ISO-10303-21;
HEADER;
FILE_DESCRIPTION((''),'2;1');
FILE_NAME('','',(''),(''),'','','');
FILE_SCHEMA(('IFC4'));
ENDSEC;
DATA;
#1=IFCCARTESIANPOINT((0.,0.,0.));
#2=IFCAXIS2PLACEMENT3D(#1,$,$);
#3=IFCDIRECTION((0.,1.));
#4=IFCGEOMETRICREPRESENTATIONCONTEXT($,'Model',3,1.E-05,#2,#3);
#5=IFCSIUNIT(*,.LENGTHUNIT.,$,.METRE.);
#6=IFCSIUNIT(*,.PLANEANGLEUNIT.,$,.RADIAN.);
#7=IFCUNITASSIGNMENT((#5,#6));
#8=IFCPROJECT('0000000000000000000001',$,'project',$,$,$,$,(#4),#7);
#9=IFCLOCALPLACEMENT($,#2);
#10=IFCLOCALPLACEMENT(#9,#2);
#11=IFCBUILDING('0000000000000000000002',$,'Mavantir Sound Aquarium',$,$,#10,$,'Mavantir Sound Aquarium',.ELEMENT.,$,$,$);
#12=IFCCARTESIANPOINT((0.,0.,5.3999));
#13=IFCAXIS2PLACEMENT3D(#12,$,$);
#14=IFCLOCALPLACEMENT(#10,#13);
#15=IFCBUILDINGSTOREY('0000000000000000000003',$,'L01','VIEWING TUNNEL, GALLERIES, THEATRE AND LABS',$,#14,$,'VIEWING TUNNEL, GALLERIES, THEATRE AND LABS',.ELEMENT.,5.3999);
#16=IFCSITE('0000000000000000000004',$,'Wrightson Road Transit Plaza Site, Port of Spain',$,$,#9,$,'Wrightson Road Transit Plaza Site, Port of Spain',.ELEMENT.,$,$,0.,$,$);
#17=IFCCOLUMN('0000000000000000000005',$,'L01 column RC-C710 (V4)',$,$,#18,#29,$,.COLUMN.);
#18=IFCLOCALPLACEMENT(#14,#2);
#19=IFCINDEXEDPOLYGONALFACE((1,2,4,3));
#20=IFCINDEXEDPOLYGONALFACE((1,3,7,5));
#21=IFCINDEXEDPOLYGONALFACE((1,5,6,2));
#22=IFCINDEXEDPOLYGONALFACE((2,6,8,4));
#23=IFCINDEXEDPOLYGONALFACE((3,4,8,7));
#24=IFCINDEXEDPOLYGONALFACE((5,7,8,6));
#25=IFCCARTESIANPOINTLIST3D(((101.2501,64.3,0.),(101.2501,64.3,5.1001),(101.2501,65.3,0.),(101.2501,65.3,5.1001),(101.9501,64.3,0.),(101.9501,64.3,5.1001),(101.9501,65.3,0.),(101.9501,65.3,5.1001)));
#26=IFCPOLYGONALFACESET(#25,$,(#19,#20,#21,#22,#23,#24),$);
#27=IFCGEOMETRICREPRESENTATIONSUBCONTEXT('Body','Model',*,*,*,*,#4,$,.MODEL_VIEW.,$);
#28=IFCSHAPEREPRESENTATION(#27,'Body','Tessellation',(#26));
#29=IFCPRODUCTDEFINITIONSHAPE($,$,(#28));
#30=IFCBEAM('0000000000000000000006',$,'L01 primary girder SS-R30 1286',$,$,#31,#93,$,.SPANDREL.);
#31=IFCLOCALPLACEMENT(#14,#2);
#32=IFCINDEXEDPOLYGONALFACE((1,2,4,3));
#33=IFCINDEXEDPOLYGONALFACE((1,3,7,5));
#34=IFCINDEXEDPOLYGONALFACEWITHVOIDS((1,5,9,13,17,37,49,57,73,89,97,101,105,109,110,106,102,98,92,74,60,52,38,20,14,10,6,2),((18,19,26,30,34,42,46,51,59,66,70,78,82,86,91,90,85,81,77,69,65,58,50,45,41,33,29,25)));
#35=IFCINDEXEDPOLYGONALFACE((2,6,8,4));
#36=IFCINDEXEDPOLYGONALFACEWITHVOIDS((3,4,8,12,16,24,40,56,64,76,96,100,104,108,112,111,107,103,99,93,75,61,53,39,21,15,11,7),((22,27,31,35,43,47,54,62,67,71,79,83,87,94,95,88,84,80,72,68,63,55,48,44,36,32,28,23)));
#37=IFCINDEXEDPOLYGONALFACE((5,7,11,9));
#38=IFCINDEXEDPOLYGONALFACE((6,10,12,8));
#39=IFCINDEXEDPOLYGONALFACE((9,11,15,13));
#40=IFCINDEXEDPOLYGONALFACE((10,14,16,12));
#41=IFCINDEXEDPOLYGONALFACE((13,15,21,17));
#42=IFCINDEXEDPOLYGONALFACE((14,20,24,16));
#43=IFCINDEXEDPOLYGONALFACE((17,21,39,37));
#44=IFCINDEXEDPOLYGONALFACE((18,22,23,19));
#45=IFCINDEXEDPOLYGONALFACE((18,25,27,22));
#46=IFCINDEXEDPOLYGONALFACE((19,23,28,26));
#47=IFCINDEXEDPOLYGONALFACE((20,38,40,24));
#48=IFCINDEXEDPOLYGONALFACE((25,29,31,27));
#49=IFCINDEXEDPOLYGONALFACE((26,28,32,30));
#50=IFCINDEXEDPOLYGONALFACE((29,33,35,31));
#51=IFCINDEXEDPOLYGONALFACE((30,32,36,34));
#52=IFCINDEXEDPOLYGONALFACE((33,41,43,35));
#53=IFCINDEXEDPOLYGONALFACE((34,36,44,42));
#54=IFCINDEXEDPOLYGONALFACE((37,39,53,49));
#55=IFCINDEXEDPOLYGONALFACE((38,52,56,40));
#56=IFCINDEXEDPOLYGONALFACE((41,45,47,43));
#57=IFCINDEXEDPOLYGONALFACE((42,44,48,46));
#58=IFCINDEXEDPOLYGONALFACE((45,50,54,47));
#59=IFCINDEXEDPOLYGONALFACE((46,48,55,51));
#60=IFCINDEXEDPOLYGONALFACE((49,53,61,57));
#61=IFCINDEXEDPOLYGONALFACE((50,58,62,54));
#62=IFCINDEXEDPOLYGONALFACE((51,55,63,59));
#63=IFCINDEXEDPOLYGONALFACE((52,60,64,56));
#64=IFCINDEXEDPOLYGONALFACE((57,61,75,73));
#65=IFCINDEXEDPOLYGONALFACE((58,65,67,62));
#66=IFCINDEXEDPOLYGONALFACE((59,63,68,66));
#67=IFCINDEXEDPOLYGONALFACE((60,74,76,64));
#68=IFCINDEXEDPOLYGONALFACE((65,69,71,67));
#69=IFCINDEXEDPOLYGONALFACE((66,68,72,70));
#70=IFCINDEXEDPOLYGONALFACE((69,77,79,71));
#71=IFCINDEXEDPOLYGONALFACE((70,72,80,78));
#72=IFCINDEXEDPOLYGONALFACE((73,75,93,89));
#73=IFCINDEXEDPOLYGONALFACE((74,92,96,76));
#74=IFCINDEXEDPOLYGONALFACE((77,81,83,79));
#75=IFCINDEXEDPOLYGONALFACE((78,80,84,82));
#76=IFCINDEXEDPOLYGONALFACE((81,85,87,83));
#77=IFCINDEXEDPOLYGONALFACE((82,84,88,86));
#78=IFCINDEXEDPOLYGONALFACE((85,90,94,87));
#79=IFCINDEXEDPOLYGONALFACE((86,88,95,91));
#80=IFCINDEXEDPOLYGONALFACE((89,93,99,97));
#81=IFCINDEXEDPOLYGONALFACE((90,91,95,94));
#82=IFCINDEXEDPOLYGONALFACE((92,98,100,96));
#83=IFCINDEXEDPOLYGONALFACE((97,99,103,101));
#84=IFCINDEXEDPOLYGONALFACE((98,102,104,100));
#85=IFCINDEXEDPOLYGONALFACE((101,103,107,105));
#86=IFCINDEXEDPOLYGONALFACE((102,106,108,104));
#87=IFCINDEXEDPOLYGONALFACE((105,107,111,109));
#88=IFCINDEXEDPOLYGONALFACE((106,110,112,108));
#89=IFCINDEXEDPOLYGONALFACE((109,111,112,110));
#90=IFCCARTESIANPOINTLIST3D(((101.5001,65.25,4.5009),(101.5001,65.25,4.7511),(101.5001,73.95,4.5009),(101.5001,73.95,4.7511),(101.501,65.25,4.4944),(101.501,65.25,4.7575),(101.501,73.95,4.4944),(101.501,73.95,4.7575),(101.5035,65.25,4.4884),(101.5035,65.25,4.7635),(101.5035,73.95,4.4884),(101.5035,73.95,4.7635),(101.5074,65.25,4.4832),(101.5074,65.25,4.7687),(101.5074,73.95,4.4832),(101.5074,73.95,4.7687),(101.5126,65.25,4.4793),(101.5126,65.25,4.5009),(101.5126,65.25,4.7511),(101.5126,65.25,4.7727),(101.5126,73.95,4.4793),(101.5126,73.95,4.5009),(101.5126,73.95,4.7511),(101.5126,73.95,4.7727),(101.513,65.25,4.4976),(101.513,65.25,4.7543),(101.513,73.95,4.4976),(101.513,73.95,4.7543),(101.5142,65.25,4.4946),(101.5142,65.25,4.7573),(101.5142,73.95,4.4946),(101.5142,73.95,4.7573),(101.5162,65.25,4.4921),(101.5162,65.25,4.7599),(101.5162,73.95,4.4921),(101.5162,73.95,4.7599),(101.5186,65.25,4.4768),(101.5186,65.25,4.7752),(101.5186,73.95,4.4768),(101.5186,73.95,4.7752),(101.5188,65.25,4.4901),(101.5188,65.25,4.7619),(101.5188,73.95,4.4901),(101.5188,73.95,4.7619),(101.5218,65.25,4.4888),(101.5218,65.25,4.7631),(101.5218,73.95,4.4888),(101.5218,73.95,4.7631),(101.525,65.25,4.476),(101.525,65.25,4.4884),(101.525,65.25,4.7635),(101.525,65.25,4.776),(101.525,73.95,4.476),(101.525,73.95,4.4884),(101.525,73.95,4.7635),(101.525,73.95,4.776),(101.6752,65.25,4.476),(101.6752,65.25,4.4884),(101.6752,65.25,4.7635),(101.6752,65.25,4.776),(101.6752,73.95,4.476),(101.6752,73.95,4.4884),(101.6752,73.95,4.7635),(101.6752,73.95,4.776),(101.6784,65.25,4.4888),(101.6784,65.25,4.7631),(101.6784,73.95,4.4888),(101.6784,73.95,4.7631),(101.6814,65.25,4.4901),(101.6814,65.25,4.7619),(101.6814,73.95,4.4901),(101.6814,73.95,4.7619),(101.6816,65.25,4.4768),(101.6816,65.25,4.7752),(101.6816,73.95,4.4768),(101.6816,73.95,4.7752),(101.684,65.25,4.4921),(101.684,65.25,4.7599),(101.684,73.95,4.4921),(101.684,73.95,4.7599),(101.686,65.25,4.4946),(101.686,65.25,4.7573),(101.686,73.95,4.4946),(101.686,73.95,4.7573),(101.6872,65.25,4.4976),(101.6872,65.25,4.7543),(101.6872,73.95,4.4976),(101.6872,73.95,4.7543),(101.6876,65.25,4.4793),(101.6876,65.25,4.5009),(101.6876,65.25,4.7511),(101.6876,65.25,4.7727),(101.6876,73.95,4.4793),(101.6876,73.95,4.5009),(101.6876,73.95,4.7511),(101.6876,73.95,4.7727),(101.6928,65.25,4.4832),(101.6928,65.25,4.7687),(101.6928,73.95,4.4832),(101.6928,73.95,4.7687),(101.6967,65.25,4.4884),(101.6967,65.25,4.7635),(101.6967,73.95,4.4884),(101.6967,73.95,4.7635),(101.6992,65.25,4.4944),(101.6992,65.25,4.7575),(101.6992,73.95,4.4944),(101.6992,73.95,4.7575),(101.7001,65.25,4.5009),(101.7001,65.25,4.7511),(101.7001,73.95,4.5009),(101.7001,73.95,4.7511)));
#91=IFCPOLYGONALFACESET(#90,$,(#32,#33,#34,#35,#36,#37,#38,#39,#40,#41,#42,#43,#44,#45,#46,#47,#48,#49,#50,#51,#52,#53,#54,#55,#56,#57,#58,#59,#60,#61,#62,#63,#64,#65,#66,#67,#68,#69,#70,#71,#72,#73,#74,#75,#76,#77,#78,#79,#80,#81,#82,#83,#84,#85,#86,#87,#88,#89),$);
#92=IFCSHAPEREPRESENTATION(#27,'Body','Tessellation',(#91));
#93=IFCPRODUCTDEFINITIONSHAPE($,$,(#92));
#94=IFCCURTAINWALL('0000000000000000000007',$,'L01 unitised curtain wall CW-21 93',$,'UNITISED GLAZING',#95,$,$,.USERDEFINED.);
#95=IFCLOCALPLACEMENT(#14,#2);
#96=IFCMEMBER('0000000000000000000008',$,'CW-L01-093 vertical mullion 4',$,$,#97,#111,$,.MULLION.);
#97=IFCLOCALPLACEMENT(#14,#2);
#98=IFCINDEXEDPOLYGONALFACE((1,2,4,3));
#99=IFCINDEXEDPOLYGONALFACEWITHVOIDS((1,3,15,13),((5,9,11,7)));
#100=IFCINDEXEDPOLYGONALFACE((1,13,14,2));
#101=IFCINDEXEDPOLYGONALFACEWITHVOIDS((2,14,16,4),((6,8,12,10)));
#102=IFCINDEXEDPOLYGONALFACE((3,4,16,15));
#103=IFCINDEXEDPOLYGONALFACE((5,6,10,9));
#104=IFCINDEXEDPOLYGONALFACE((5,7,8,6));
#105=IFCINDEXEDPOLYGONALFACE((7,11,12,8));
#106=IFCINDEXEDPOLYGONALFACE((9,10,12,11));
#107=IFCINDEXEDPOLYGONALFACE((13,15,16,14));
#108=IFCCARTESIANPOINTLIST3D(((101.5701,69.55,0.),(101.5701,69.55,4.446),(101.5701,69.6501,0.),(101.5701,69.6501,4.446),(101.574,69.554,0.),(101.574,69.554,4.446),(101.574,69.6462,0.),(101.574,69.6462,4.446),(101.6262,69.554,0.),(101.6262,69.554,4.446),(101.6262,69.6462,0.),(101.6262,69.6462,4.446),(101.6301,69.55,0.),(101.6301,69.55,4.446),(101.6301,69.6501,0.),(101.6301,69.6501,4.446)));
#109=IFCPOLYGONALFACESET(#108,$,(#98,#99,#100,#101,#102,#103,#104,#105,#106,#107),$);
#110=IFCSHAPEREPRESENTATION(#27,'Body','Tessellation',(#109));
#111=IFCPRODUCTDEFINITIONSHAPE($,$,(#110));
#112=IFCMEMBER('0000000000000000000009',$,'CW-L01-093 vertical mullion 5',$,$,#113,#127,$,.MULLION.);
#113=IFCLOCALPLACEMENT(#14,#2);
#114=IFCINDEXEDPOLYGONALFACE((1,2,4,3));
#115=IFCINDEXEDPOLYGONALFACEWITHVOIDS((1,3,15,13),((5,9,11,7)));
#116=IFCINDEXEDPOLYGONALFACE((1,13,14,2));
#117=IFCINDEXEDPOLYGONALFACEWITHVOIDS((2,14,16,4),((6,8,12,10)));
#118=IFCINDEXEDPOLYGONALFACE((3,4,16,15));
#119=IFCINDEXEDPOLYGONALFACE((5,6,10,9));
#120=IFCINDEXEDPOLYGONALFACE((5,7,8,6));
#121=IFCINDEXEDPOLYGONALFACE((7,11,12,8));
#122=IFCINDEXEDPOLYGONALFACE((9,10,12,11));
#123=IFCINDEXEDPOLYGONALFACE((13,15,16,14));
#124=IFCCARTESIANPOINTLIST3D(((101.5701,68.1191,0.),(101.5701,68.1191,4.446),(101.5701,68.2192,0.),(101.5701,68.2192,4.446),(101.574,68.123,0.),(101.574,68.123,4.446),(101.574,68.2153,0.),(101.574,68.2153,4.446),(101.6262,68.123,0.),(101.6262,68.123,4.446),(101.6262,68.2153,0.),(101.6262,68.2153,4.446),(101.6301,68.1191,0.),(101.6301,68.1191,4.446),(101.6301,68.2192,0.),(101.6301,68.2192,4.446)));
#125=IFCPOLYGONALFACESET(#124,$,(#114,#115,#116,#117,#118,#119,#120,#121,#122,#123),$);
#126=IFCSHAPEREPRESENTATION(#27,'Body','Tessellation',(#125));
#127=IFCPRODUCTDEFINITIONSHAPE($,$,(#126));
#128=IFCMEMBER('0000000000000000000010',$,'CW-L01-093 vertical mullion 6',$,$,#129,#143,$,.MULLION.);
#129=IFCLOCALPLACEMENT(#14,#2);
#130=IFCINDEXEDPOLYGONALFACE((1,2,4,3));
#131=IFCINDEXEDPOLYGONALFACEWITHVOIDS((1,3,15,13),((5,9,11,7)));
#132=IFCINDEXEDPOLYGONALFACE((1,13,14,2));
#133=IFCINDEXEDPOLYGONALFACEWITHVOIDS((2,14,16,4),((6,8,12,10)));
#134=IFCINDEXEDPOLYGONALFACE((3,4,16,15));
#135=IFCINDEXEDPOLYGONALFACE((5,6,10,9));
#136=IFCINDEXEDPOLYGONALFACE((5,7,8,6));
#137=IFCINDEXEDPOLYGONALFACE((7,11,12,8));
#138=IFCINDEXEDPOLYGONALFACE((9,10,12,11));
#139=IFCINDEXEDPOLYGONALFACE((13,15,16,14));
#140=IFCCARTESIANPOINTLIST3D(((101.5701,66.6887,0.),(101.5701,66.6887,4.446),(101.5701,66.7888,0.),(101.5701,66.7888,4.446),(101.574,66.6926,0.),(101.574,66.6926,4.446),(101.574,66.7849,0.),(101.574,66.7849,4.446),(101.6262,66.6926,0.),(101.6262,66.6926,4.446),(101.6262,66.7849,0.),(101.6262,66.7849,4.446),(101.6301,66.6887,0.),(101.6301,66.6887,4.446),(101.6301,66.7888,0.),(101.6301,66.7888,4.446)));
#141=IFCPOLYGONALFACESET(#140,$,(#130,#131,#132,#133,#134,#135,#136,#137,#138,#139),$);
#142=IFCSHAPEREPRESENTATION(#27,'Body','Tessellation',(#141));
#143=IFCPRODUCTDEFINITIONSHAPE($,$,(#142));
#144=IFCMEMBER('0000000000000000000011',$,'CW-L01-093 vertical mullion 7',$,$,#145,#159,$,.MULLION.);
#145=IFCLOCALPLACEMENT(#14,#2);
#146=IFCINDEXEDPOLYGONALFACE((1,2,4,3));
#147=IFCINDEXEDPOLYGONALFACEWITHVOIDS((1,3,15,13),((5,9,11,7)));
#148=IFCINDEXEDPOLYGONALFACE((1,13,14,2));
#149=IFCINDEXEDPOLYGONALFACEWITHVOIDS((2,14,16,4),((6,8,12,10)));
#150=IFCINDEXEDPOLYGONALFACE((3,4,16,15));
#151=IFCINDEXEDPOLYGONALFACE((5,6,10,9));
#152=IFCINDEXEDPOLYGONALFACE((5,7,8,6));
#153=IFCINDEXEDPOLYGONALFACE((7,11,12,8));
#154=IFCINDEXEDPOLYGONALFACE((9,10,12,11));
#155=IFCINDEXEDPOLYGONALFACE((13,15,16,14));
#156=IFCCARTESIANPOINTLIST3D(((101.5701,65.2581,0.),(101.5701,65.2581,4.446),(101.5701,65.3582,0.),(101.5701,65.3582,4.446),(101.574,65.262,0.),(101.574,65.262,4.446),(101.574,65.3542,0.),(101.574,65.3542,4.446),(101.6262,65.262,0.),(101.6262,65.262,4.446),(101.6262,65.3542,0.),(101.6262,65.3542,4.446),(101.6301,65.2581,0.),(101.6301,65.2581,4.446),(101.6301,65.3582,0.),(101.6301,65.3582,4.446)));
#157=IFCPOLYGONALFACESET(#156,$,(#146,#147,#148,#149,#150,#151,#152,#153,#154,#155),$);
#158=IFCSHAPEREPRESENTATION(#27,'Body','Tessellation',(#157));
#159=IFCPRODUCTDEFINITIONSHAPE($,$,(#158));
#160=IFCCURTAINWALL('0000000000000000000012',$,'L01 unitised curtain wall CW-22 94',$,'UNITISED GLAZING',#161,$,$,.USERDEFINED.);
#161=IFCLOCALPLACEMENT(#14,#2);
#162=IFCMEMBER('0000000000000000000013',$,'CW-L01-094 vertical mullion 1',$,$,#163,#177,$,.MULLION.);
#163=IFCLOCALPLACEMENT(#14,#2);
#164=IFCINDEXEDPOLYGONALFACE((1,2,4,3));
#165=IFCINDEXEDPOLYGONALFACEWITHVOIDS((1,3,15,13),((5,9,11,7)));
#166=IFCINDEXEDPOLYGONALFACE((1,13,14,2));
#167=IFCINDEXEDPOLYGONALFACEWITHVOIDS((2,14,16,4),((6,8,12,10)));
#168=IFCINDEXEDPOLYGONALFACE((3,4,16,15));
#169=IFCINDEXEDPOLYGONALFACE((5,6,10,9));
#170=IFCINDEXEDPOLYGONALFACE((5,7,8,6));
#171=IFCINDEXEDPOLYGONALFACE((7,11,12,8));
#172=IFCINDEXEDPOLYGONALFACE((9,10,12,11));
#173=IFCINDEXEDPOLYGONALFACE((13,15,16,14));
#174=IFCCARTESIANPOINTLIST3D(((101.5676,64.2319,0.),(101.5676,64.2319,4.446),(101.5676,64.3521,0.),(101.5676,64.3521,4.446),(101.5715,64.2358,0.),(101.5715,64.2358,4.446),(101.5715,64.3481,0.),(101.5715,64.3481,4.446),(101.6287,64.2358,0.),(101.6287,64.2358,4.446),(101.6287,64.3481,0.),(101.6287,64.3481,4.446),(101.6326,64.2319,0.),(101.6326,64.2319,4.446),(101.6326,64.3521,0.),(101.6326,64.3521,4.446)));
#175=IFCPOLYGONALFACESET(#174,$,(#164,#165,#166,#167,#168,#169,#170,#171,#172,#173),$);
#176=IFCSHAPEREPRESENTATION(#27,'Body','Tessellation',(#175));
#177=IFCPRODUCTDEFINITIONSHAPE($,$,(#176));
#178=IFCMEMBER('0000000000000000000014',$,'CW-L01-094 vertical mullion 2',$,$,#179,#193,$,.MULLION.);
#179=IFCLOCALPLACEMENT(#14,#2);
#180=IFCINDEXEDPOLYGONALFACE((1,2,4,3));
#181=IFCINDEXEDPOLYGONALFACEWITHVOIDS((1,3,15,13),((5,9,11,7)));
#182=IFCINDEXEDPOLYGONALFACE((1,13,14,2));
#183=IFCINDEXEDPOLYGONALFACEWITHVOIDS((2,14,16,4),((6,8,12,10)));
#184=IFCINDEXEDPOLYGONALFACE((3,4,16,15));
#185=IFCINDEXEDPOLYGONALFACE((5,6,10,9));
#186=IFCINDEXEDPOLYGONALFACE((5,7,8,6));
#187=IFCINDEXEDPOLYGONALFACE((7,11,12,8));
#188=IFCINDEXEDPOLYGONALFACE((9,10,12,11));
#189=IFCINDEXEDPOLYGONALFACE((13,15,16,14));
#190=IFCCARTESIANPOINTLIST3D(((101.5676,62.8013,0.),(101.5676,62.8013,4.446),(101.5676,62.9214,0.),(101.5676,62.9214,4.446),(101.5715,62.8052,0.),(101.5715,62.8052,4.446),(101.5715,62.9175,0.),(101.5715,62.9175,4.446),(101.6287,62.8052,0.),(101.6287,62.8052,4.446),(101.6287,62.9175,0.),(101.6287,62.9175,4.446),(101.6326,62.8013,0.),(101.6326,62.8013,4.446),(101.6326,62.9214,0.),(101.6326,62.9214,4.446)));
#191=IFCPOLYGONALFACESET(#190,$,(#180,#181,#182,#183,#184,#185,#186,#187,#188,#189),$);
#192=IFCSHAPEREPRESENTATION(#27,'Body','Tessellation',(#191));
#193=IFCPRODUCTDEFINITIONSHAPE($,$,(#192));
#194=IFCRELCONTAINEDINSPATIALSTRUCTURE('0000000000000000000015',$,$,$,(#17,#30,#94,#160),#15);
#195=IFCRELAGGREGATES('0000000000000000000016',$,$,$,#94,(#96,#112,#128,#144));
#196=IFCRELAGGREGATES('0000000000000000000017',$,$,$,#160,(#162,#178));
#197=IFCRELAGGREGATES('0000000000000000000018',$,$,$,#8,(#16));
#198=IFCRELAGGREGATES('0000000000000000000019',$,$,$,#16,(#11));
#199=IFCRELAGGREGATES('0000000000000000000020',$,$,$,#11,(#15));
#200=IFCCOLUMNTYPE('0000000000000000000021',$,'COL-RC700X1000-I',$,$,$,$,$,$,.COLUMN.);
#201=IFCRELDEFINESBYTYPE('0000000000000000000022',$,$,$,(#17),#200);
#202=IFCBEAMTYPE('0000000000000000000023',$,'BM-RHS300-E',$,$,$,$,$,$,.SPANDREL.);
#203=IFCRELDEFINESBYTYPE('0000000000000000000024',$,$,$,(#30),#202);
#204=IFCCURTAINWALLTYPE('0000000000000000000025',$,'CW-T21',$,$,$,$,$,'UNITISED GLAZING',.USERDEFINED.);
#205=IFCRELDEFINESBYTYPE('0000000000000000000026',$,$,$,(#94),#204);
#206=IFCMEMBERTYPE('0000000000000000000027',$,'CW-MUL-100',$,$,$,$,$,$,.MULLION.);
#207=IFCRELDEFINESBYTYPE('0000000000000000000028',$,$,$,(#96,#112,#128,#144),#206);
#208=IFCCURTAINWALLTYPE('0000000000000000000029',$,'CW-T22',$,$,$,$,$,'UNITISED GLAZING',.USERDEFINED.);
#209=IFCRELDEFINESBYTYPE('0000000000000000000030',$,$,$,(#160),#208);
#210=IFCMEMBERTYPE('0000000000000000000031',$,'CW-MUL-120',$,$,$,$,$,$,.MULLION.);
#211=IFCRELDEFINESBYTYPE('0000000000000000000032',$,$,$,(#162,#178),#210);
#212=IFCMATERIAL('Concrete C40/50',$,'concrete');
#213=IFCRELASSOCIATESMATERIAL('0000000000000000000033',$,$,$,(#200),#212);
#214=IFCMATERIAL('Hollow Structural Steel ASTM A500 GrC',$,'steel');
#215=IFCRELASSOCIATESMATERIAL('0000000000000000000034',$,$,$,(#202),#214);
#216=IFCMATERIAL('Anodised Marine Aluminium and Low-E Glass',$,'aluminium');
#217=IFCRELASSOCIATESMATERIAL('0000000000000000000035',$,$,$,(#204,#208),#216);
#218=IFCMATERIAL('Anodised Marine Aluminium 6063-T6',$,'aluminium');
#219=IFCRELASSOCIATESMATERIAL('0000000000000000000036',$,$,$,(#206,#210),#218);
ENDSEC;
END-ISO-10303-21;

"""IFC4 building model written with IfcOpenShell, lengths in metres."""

from ifc_helpers import new_model, si_unit, direction, frame, origin, origin_2d, place, context, subcontext, project, spatial, rectangle, hollow_rectangle, extrude, material, material_profile, profile_set, type_object, element, aggregate, save


model = new_model("IFC4")

# Units and contexts
model_context = context("Model", 3, precision=1e-05, world=origin(), true_north=direction((0.0, 1.0)))
body_context = subcontext(model_context, "Body", "Model", "MODEL_VIEW")
ifc_project = project(units=[si_unit("LENGTHUNIT", "METRE"), si_unit("PLANEANGLEUNIT", "RADIAN")], contexts=[model_context])

# Site, building, storey
site_placement = place(None, origin())
site = spatial("IfcSite", under=ifc_project, at=site_placement, Name="Wrightson Road Transit Plaza Site, Port of Spain", LongName="Wrightson Road Transit Plaza Site, Port of Spain", CompositionType="ELEMENT", RefElevation=0.0)
building_placement = place(site_placement, origin())
building = spatial("IfcBuilding", under=site, at=building_placement, Name="Mavantir Sound Aquarium", LongName="Mavantir Sound Aquarium", CompositionType="ELEMENT")
storey_placement = place(building_placement, frame((0.0, 0.0, 5.3999)))
storey = spatial("IfcBuildingStorey", under=building, at=storey_placement, Name="L01", Description="VIEWING TUNNEL, GALLERIES, THEATRE AND LABS", LongName="VIEWING TUNNEL, GALLERIES, THEATRE AND LABS", CompositionType="ELEMENT", Elevation=5.3999)

# Column
ifc_material_1 = material(Name="Concrete C40/50", Category="concrete")
ifc_material_profile_1 = material_profile(ifc_material_1, rectangle(XDim=0.7, YDim=1.0, at=origin_2d()), Name="RC 700X1000")
ifc_profile_set_1 = profile_set([ifc_material_profile_1], Name="Concrete C40/50")
column_type = type_object("IfcColumnType", Name="COL-RC700X1000-I", PredefinedType="COLUMN", material=ifc_profile_set_1)
column_placement = place(storey_placement, frame((101.6001, 64.8, 0.0), z_axis=(0.0, 0.0, 1.0), x_axis=(1.0, 0.0, 0.0)))
element("IfcColumn", 1, at=column_placement, inside=storey, type_object=column_type, Name="L01 column RC-C710 (V4)", PredefinedType="COLUMN", context=body_context, shape_type="SweptSolid", body=[
    extrude(rectangle(XDim=0.7, YDim=1.0, at=origin_2d()), origin(), (0.0, 0.0, 1.0), 5.1001),
])

# Beam
ifc_material_2 = material(Name="Hollow Structural Steel ASTM A500 GrC", Category="steel")
ifc_material_profile_2 = material_profile(ifc_material_2, hollow_rectangle(XDim=0.2, YDim=0.3, WallThickness=0.0125, InnerFilletRadius=0.0125, OuterFilletRadius=0.0249, at=origin_2d()), Name="RHS 300X200X12.5")
ifc_profile_set_2 = profile_set([ifc_material_profile_2], Name="Hollow Structural Steel ASTM A500 GrC")
beam_type = type_object("IfcBeamType", Name="BM-RHS300-E", PredefinedType="SPANDREL", material=ifc_profile_set_2)
beam_placement = place(storey_placement, frame((101.6001, 65.25, 4.626), z_axis=(0.0, 1.0, 0.0), x_axis=(-1.0, 0.0, 0.0)))
element("IfcBeam", 2, at=beam_placement, inside=storey, type_object=beam_type, Name="L01 primary girder SS-R30 1286", PredefinedType="SPANDREL", context=body_context, shape_type="SweptSolid", body=[
    extrude(hollow_rectangle(XDim=0.2, YDim=0.3, WallThickness=0.0125, InnerFilletRadius=0.0125, OuterFilletRadius=0.0249, at=origin_2d()), origin(), (0.0, 0.0, 1.0), 8.7),
])

# Curtain walls, members
ifc_material_3 = material(Name="Anodised Marine Aluminium and Low-E Glass", Category="aluminium")
curtain_wall_type_1 = type_object("IfcCurtainWallType", Name="CW-T21", ElementType="UNITISED GLAZING", PredefinedType="USERDEFINED", material=ifc_material_3)
curtain_wall_1_placement = place(storey_placement, origin())
curtain_wall_1 = element("IfcCurtainWall", 3, at=curtain_wall_1_placement, inside=storey, type_object=curtain_wall_type_1, Name="L01 unitised curtain wall CW-21 93", ObjectType="UNITISED GLAZING", PredefinedType="USERDEFINED")
ifc_material_4 = material(Name="Anodised Marine Aluminium 6063-T6", Category="aluminium")
ifc_material_profile_3 = material_profile(ifc_material_4, hollow_rectangle(XDim=0.0601, YDim=0.1001, WallThickness=0.0039, at=origin_2d()), Name="ALU-MULLION-100X60")
ifc_profile_set_3 = profile_set([ifc_material_profile_3], Name="Anodised Marine Aluminium 6063-T6")
member_type_1 = type_object("IfcMemberType", Name="CW-MUL-100", PredefinedType="MULLION", material=ifc_profile_set_3)
member_1_placement = place(storey_placement, frame((101.6001, 69.6001, 0.0), z_axis=(0.0, 0.0, 1.0), x_axis=(1.0, 0.0, 0.0)))
member_1 = element("IfcMember", 4, at=member_1_placement, type_object=member_type_1, Name="CW-L01-093 vertical mullion 4", PredefinedType="MULLION", context=body_context, shape_type="SweptSolid", body=[
    extrude(hollow_rectangle(XDim=0.0601, YDim=0.1001, WallThickness=0.0039, at=origin_2d()), origin(), (0.0, 0.0, 1.0), 4.446),
])
member_2_placement = place(storey_placement, frame((101.6001, 68.1692, 0.0), z_axis=(0.0, 0.0, 1.0), x_axis=(1.0, 0.0, 0.0)))
member_2 = element("IfcMember", 5, at=member_2_placement, type_object=member_type_1, Name="CW-L01-093 vertical mullion 5", PredefinedType="MULLION", context=body_context, shape_type="SweptSolid", body=[
    extrude(hollow_rectangle(XDim=0.0601, YDim=0.1001, WallThickness=0.0039, at=origin_2d()), origin(), (0.0, 0.0, 1.0), 4.446),
])
member_3_placement = place(storey_placement, frame((101.6001, 66.7388, 0.0), z_axis=(0.0, 0.0, 1.0), x_axis=(1.0, 0.0, 0.0)))
member_3 = element("IfcMember", 6, at=member_3_placement, type_object=member_type_1, Name="CW-L01-093 vertical mullion 6", PredefinedType="MULLION", context=body_context, shape_type="SweptSolid", body=[
    extrude(hollow_rectangle(XDim=0.0601, YDim=0.1001, WallThickness=0.0039, at=origin_2d()), origin(), (0.0, 0.0, 1.0), 4.446),
])
member_4_placement = place(storey_placement, frame((101.6001, 65.3081, 0.0), z_axis=(0.0, 0.0, 1.0), x_axis=(1.0, 0.0, 0.0)))
member_4 = element("IfcMember", 7, at=member_4_placement, type_object=member_type_1, Name="CW-L01-093 vertical mullion 7", PredefinedType="MULLION", context=body_context, shape_type="SweptSolid", body=[
    extrude(hollow_rectangle(XDim=0.0601, YDim=0.1001, WallThickness=0.0039, at=origin_2d()), origin(), (0.0, 0.0, 1.0), 4.446),
])
curtain_wall_type_2 = type_object("IfcCurtainWallType", Name="CW-T22", ElementType="UNITISED GLAZING", PredefinedType="USERDEFINED", material=ifc_material_3)
curtain_wall_2_placement = place(storey_placement, origin())
curtain_wall_2 = element("IfcCurtainWall", 8, at=curtain_wall_2_placement, inside=storey, type_object=curtain_wall_type_2, Name="L01 unitised curtain wall CW-22 94", ObjectType="UNITISED GLAZING", PredefinedType="USERDEFINED")
ifc_material_profile_4 = material_profile(ifc_material_4, hollow_rectangle(XDim=0.0649, YDim=0.1201, WallThickness=0.0039, at=origin_2d()), Name="ALU-MULLION-120X65")
ifc_profile_set_4 = profile_set([ifc_material_profile_4], Name="Anodised Marine Aluminium 6063-T6")
member_type_2 = type_object("IfcMemberType", Name="CW-MUL-120", PredefinedType="MULLION", material=ifc_profile_set_4)
member_5_placement = place(storey_placement, frame((101.6001, 64.292, 0.0), z_axis=(0.0, 0.0, 1.0), x_axis=(1.0, 0.0, 0.0)))
member_5 = element("IfcMember", 9, at=member_5_placement, type_object=member_type_2, Name="CW-L01-094 vertical mullion 1", PredefinedType="MULLION", context=body_context, shape_type="SweptSolid", body=[
    extrude(hollow_rectangle(XDim=0.0649, YDim=0.1201, WallThickness=0.0039, at=origin_2d()), origin(), (0.0, 0.0, 1.0), 4.446),
])
member_6_placement = place(storey_placement, frame((101.6001, 62.8613, 0.0), z_axis=(0.0, 0.0, 1.0), x_axis=(1.0, 0.0, 0.0)))
member_6 = element("IfcMember", 10, at=member_6_placement, type_object=member_type_2, Name="CW-L01-094 vertical mullion 2", PredefinedType="MULLION", context=body_context, shape_type="SweptSolid", body=[
    extrude(hollow_rectangle(XDim=0.0649, YDim=0.1201, WallThickness=0.0039, at=origin_2d()), origin(), (0.0, 0.0, 1.0), 4.446),
])

aggregate(curtain_wall_1, [member_1, member_2, member_3, member_4])
aggregate(curtain_wall_2, [member_5, member_6])

save(model, "model.ifc")
